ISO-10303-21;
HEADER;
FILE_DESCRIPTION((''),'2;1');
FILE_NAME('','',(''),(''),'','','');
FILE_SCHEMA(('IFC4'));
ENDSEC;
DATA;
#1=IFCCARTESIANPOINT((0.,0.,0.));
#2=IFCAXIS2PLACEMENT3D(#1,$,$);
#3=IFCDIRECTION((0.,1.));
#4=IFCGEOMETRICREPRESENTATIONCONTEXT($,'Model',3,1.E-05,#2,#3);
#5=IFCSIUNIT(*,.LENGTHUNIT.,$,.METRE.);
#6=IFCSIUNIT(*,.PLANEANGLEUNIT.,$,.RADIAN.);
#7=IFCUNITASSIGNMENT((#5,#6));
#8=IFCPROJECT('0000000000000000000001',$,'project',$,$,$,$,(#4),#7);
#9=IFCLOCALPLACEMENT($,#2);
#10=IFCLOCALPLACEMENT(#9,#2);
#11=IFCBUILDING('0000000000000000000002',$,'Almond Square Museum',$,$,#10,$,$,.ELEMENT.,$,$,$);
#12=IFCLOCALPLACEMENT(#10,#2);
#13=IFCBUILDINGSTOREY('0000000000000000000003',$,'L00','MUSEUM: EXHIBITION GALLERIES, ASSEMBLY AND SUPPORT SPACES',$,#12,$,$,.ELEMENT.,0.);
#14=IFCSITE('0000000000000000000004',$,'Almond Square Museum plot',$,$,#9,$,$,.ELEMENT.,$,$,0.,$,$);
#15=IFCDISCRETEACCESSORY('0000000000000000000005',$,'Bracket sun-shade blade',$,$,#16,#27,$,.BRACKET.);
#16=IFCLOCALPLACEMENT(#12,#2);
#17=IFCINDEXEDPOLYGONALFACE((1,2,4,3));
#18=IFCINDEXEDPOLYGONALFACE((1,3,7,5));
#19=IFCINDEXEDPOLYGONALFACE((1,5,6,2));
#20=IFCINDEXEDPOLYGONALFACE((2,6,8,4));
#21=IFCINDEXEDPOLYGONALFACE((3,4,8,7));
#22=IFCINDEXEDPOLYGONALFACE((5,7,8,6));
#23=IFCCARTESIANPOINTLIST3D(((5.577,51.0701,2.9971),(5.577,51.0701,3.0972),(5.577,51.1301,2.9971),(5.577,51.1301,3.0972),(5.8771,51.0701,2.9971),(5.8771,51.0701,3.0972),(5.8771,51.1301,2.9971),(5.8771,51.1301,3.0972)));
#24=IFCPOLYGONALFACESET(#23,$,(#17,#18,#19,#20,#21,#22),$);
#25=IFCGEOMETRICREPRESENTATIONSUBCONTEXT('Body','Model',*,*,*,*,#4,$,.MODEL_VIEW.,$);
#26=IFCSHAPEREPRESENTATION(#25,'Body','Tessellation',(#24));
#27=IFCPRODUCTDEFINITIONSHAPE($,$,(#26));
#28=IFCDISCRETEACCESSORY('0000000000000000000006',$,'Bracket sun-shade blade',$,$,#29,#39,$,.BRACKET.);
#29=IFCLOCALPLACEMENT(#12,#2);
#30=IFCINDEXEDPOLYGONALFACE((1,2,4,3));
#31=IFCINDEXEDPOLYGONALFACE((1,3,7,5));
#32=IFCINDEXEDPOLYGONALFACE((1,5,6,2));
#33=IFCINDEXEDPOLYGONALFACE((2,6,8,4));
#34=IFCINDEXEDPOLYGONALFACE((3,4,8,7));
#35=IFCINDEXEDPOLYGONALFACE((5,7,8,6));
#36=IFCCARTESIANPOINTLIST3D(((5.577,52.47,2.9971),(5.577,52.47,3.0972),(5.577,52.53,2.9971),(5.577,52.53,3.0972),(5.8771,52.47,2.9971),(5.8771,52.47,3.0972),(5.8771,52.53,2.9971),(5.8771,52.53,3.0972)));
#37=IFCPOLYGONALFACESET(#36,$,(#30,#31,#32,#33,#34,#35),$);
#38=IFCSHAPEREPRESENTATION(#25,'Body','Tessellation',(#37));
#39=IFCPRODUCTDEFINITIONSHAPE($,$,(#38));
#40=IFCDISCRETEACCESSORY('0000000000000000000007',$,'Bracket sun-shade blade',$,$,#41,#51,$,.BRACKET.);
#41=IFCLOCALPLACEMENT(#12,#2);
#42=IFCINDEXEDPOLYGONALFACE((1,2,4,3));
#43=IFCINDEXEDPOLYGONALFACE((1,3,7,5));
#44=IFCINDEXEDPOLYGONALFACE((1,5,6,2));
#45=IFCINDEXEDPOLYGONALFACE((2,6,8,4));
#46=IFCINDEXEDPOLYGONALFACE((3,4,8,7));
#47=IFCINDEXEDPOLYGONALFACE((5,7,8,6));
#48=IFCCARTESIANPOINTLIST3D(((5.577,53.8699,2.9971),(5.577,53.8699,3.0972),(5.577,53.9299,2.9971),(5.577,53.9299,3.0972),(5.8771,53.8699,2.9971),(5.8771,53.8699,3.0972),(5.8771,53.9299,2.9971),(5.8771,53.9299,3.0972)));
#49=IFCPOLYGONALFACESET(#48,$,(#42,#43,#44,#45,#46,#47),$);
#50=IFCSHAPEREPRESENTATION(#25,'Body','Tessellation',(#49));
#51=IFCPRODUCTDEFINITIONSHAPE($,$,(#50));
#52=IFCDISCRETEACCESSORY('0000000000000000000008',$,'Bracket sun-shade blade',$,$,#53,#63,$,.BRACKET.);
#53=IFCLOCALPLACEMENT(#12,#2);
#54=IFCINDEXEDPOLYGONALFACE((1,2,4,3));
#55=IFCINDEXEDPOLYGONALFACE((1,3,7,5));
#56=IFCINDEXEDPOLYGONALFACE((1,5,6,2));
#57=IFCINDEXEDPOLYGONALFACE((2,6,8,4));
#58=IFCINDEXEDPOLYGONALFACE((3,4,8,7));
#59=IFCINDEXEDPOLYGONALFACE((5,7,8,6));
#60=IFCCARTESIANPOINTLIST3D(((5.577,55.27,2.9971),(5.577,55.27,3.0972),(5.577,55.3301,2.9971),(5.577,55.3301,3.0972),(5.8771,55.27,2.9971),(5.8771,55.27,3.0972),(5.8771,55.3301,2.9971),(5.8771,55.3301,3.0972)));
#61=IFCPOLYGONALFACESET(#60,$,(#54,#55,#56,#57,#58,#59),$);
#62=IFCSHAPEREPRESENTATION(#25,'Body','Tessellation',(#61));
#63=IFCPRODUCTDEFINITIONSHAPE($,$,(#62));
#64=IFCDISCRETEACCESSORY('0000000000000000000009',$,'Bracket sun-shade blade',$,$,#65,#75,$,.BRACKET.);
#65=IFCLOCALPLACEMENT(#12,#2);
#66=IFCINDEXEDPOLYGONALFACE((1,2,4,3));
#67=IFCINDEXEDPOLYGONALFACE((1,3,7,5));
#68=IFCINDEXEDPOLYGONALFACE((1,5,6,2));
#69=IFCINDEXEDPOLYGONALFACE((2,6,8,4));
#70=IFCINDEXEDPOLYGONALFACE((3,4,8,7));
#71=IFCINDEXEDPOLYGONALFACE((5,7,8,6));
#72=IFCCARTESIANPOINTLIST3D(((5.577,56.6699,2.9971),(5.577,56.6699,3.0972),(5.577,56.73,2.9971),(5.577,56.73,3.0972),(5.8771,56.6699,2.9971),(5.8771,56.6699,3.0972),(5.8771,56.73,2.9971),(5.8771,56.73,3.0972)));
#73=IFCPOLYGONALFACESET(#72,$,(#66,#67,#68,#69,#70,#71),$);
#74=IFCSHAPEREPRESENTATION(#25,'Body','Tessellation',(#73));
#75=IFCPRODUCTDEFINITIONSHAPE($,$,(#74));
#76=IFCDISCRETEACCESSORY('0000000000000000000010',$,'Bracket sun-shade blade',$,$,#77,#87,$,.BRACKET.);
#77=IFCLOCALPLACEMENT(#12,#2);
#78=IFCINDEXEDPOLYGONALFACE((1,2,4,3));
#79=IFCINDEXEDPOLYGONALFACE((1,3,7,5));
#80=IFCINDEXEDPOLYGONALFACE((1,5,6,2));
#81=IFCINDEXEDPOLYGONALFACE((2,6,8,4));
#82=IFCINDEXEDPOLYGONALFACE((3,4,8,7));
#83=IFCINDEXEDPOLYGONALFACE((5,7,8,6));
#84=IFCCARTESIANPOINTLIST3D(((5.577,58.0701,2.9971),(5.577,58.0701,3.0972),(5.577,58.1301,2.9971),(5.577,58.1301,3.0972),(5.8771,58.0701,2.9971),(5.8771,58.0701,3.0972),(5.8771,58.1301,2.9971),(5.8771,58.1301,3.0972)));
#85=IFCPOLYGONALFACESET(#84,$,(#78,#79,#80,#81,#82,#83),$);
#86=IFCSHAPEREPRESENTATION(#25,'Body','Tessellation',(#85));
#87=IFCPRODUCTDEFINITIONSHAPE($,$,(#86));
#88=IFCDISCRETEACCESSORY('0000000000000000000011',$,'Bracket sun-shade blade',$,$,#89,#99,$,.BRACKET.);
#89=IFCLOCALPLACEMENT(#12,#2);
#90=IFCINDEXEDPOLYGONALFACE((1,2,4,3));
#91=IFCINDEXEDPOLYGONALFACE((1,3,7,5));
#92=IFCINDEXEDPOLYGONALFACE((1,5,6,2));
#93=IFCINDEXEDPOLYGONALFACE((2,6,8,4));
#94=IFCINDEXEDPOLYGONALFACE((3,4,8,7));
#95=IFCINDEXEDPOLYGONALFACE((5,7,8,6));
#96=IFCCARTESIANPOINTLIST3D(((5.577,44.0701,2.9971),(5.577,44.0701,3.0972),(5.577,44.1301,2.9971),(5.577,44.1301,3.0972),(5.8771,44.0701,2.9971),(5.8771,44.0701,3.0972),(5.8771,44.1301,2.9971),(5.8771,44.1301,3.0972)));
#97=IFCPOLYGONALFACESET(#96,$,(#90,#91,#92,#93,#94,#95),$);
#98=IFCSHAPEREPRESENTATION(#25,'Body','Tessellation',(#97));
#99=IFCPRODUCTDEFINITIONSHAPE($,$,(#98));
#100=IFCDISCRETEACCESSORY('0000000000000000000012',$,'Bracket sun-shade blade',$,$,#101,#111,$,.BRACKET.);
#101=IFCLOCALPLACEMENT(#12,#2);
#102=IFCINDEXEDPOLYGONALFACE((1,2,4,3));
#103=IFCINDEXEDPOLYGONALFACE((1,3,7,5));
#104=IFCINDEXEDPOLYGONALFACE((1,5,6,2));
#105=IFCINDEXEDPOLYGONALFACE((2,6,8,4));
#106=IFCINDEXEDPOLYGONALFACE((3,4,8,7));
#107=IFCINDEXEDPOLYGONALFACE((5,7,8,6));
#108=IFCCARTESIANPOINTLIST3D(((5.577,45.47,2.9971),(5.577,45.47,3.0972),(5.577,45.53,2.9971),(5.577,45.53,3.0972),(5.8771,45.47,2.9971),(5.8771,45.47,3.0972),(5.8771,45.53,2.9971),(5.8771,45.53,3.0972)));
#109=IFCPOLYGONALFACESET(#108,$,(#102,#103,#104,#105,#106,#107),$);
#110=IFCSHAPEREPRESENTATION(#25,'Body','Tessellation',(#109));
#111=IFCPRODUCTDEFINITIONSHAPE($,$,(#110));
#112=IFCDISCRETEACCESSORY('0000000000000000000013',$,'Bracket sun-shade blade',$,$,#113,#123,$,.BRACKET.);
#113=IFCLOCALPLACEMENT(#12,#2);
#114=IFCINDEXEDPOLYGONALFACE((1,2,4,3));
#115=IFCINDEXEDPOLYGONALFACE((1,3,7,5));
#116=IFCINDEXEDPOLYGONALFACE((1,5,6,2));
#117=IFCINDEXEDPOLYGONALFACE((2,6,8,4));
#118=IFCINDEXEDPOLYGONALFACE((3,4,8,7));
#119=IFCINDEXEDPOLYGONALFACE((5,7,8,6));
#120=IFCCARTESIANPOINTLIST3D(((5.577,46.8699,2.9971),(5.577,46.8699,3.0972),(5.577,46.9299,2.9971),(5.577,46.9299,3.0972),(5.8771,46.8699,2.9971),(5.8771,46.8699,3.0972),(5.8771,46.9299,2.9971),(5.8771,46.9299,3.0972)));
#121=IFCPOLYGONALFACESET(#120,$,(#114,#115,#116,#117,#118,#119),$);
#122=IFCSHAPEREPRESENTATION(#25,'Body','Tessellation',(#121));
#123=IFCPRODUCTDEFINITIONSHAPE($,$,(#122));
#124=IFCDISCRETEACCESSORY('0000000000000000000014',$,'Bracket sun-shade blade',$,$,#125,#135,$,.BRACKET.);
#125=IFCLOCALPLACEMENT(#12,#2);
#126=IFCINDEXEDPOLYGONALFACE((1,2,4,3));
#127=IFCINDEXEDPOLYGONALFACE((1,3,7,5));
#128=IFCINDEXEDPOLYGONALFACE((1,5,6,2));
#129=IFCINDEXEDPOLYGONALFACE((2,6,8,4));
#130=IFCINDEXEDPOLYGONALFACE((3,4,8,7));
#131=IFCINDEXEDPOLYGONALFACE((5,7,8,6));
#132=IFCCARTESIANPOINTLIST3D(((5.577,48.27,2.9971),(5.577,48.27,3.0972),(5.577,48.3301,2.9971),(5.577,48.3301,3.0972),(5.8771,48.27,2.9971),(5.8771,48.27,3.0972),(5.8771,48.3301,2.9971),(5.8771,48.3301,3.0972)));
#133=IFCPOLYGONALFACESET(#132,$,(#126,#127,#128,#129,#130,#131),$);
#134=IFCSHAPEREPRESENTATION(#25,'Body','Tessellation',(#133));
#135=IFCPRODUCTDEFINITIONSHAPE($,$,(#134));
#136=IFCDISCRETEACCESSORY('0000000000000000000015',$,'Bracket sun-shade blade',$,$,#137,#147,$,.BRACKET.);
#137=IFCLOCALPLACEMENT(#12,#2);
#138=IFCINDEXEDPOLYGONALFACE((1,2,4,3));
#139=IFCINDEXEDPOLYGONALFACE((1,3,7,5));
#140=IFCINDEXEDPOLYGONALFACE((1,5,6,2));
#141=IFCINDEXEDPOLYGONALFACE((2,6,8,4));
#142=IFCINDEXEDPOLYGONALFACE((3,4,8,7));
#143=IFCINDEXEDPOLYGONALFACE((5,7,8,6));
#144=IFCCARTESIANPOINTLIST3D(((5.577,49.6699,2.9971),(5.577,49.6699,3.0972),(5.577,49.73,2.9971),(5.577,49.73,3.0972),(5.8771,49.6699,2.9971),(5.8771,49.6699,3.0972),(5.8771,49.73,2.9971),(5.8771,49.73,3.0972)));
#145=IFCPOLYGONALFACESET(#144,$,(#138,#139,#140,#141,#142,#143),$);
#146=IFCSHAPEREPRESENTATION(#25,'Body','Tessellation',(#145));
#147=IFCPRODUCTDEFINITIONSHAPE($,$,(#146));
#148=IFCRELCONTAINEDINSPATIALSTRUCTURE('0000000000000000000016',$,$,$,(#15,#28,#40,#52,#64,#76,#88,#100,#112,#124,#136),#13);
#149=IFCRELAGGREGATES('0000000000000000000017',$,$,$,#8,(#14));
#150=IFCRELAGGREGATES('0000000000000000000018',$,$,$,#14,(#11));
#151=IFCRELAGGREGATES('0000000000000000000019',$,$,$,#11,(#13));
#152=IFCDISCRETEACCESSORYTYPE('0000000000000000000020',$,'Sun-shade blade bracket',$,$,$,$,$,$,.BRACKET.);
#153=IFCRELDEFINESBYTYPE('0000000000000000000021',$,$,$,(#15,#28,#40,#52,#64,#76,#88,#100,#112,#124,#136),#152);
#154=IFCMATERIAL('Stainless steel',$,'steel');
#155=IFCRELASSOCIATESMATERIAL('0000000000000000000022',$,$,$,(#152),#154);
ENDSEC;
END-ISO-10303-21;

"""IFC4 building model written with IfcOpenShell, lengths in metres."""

from ifc_helpers import new_model, si_unit, direction, frame, origin, origin_2d, place, context, subcontext, project, spatial, rectangle, extrude, material, type_object, element, save


model = new_model("IFC4")

# Units and contexts
model_context = context("Model", 3, precision=1e-05, world=origin(), true_north=direction((0.0, 1.0)))
body_context = subcontext(model_context, "Body", "Model", "MODEL_VIEW")
ifc_project = project(units=[si_unit("LENGTHUNIT", "METRE"), si_unit("PLANEANGLEUNIT", "RADIAN")], contexts=[model_context])

# Site, building, storey
site_placement = place(None, origin())
site = spatial("IfcSite", under=ifc_project, at=site_placement, Name="Almond Square Museum plot", CompositionType="ELEMENT", RefElevation=0.0)
building_placement = place(site_placement, origin())
building = spatial("IfcBuilding", under=site, at=building_placement, Name="Almond Square Museum", CompositionType="ELEMENT")
storey_placement = place(building_placement, origin())
storey = spatial("IfcBuildingStorey", under=building, at=storey_placement, Name="L00", Description="MUSEUM: EXHIBITION GALLERIES, ASSEMBLY AND SUPPORT SPACES", CompositionType="ELEMENT", Elevation=0.0)

# Discrete accessories
ifc_material_1 = material(Name="Stainless steel", Category="steel")
discrete_accessory_type = type_object("IfcDiscreteAccessoryType", Name="Sun-shade blade bracket", PredefinedType="BRACKET", material=ifc_material_1)
for number, where, z_axis, x_axis, name in (
    (1, (5.7271, 51.1001, 2.9971), (0.0, 0.0, 1.0), (1.0, 0.0, 0.0), "Bracket sun-shade blade"),
    (2, (5.7271, 52.5, 2.9971), (0.0, 0.0, 1.0), (1.0, 0.0, 0.0), "Bracket sun-shade blade"),
    (3, (5.7271, 53.8999, 2.9971), (0.0, 0.0, 1.0), (1.0, 0.0, 0.0), "Bracket sun-shade blade"),
    (4, (5.7271, 55.3, 2.9971), (0.0, 0.0, 1.0), (1.0, 0.0, 0.0), "Bracket sun-shade blade"),
    (5, (5.7271, 56.7, 2.9971), (0.0, 0.0, 1.0), (1.0, 0.0, 0.0), "Bracket sun-shade blade"),
    (6, (5.7271, 58.1001, 2.9971), (0.0, 0.0, 1.0), (1.0, 0.0, 0.0), "Bracket sun-shade blade"),
    (7, (5.7271, 44.1001, 2.9971), (0.0, 0.0, 1.0), (1.0, 0.0, 0.0), "Bracket sun-shade blade"),
    (8, (5.7271, 45.5, 2.9971), (0.0, 0.0, 1.0), (1.0, 0.0, 0.0), "Bracket sun-shade blade"),
    (9, (5.7271, 46.8999, 2.9971), (0.0, 0.0, 1.0), (1.0, 0.0, 0.0), "Bracket sun-shade blade"),
    (10, (5.7271, 48.3, 2.9971), (0.0, 0.0, 1.0), (1.0, 0.0, 0.0), "Bracket sun-shade blade"),
    (11, (5.7271, 49.7, 2.9971), (0.0, 0.0, 1.0), (1.0, 0.0, 0.0), "Bracket sun-shade blade"),
):
    element("IfcDiscreteAccessory", number, at=place(storey_placement, frame(where, z_axis=z_axis, x_axis=x_axis)), inside=storey, type_object=discrete_accessory_type, Name=name, PredefinedType="BRACKET", context=body_context, shape_type="SweptSolid", body=[
        extrude(rectangle(XDim=0.3, YDim=0.0601, at=origin_2d()), origin(), (0.0, 0.0, 1.0), 0.1001),
    ])

save(model, "model.ifc")
